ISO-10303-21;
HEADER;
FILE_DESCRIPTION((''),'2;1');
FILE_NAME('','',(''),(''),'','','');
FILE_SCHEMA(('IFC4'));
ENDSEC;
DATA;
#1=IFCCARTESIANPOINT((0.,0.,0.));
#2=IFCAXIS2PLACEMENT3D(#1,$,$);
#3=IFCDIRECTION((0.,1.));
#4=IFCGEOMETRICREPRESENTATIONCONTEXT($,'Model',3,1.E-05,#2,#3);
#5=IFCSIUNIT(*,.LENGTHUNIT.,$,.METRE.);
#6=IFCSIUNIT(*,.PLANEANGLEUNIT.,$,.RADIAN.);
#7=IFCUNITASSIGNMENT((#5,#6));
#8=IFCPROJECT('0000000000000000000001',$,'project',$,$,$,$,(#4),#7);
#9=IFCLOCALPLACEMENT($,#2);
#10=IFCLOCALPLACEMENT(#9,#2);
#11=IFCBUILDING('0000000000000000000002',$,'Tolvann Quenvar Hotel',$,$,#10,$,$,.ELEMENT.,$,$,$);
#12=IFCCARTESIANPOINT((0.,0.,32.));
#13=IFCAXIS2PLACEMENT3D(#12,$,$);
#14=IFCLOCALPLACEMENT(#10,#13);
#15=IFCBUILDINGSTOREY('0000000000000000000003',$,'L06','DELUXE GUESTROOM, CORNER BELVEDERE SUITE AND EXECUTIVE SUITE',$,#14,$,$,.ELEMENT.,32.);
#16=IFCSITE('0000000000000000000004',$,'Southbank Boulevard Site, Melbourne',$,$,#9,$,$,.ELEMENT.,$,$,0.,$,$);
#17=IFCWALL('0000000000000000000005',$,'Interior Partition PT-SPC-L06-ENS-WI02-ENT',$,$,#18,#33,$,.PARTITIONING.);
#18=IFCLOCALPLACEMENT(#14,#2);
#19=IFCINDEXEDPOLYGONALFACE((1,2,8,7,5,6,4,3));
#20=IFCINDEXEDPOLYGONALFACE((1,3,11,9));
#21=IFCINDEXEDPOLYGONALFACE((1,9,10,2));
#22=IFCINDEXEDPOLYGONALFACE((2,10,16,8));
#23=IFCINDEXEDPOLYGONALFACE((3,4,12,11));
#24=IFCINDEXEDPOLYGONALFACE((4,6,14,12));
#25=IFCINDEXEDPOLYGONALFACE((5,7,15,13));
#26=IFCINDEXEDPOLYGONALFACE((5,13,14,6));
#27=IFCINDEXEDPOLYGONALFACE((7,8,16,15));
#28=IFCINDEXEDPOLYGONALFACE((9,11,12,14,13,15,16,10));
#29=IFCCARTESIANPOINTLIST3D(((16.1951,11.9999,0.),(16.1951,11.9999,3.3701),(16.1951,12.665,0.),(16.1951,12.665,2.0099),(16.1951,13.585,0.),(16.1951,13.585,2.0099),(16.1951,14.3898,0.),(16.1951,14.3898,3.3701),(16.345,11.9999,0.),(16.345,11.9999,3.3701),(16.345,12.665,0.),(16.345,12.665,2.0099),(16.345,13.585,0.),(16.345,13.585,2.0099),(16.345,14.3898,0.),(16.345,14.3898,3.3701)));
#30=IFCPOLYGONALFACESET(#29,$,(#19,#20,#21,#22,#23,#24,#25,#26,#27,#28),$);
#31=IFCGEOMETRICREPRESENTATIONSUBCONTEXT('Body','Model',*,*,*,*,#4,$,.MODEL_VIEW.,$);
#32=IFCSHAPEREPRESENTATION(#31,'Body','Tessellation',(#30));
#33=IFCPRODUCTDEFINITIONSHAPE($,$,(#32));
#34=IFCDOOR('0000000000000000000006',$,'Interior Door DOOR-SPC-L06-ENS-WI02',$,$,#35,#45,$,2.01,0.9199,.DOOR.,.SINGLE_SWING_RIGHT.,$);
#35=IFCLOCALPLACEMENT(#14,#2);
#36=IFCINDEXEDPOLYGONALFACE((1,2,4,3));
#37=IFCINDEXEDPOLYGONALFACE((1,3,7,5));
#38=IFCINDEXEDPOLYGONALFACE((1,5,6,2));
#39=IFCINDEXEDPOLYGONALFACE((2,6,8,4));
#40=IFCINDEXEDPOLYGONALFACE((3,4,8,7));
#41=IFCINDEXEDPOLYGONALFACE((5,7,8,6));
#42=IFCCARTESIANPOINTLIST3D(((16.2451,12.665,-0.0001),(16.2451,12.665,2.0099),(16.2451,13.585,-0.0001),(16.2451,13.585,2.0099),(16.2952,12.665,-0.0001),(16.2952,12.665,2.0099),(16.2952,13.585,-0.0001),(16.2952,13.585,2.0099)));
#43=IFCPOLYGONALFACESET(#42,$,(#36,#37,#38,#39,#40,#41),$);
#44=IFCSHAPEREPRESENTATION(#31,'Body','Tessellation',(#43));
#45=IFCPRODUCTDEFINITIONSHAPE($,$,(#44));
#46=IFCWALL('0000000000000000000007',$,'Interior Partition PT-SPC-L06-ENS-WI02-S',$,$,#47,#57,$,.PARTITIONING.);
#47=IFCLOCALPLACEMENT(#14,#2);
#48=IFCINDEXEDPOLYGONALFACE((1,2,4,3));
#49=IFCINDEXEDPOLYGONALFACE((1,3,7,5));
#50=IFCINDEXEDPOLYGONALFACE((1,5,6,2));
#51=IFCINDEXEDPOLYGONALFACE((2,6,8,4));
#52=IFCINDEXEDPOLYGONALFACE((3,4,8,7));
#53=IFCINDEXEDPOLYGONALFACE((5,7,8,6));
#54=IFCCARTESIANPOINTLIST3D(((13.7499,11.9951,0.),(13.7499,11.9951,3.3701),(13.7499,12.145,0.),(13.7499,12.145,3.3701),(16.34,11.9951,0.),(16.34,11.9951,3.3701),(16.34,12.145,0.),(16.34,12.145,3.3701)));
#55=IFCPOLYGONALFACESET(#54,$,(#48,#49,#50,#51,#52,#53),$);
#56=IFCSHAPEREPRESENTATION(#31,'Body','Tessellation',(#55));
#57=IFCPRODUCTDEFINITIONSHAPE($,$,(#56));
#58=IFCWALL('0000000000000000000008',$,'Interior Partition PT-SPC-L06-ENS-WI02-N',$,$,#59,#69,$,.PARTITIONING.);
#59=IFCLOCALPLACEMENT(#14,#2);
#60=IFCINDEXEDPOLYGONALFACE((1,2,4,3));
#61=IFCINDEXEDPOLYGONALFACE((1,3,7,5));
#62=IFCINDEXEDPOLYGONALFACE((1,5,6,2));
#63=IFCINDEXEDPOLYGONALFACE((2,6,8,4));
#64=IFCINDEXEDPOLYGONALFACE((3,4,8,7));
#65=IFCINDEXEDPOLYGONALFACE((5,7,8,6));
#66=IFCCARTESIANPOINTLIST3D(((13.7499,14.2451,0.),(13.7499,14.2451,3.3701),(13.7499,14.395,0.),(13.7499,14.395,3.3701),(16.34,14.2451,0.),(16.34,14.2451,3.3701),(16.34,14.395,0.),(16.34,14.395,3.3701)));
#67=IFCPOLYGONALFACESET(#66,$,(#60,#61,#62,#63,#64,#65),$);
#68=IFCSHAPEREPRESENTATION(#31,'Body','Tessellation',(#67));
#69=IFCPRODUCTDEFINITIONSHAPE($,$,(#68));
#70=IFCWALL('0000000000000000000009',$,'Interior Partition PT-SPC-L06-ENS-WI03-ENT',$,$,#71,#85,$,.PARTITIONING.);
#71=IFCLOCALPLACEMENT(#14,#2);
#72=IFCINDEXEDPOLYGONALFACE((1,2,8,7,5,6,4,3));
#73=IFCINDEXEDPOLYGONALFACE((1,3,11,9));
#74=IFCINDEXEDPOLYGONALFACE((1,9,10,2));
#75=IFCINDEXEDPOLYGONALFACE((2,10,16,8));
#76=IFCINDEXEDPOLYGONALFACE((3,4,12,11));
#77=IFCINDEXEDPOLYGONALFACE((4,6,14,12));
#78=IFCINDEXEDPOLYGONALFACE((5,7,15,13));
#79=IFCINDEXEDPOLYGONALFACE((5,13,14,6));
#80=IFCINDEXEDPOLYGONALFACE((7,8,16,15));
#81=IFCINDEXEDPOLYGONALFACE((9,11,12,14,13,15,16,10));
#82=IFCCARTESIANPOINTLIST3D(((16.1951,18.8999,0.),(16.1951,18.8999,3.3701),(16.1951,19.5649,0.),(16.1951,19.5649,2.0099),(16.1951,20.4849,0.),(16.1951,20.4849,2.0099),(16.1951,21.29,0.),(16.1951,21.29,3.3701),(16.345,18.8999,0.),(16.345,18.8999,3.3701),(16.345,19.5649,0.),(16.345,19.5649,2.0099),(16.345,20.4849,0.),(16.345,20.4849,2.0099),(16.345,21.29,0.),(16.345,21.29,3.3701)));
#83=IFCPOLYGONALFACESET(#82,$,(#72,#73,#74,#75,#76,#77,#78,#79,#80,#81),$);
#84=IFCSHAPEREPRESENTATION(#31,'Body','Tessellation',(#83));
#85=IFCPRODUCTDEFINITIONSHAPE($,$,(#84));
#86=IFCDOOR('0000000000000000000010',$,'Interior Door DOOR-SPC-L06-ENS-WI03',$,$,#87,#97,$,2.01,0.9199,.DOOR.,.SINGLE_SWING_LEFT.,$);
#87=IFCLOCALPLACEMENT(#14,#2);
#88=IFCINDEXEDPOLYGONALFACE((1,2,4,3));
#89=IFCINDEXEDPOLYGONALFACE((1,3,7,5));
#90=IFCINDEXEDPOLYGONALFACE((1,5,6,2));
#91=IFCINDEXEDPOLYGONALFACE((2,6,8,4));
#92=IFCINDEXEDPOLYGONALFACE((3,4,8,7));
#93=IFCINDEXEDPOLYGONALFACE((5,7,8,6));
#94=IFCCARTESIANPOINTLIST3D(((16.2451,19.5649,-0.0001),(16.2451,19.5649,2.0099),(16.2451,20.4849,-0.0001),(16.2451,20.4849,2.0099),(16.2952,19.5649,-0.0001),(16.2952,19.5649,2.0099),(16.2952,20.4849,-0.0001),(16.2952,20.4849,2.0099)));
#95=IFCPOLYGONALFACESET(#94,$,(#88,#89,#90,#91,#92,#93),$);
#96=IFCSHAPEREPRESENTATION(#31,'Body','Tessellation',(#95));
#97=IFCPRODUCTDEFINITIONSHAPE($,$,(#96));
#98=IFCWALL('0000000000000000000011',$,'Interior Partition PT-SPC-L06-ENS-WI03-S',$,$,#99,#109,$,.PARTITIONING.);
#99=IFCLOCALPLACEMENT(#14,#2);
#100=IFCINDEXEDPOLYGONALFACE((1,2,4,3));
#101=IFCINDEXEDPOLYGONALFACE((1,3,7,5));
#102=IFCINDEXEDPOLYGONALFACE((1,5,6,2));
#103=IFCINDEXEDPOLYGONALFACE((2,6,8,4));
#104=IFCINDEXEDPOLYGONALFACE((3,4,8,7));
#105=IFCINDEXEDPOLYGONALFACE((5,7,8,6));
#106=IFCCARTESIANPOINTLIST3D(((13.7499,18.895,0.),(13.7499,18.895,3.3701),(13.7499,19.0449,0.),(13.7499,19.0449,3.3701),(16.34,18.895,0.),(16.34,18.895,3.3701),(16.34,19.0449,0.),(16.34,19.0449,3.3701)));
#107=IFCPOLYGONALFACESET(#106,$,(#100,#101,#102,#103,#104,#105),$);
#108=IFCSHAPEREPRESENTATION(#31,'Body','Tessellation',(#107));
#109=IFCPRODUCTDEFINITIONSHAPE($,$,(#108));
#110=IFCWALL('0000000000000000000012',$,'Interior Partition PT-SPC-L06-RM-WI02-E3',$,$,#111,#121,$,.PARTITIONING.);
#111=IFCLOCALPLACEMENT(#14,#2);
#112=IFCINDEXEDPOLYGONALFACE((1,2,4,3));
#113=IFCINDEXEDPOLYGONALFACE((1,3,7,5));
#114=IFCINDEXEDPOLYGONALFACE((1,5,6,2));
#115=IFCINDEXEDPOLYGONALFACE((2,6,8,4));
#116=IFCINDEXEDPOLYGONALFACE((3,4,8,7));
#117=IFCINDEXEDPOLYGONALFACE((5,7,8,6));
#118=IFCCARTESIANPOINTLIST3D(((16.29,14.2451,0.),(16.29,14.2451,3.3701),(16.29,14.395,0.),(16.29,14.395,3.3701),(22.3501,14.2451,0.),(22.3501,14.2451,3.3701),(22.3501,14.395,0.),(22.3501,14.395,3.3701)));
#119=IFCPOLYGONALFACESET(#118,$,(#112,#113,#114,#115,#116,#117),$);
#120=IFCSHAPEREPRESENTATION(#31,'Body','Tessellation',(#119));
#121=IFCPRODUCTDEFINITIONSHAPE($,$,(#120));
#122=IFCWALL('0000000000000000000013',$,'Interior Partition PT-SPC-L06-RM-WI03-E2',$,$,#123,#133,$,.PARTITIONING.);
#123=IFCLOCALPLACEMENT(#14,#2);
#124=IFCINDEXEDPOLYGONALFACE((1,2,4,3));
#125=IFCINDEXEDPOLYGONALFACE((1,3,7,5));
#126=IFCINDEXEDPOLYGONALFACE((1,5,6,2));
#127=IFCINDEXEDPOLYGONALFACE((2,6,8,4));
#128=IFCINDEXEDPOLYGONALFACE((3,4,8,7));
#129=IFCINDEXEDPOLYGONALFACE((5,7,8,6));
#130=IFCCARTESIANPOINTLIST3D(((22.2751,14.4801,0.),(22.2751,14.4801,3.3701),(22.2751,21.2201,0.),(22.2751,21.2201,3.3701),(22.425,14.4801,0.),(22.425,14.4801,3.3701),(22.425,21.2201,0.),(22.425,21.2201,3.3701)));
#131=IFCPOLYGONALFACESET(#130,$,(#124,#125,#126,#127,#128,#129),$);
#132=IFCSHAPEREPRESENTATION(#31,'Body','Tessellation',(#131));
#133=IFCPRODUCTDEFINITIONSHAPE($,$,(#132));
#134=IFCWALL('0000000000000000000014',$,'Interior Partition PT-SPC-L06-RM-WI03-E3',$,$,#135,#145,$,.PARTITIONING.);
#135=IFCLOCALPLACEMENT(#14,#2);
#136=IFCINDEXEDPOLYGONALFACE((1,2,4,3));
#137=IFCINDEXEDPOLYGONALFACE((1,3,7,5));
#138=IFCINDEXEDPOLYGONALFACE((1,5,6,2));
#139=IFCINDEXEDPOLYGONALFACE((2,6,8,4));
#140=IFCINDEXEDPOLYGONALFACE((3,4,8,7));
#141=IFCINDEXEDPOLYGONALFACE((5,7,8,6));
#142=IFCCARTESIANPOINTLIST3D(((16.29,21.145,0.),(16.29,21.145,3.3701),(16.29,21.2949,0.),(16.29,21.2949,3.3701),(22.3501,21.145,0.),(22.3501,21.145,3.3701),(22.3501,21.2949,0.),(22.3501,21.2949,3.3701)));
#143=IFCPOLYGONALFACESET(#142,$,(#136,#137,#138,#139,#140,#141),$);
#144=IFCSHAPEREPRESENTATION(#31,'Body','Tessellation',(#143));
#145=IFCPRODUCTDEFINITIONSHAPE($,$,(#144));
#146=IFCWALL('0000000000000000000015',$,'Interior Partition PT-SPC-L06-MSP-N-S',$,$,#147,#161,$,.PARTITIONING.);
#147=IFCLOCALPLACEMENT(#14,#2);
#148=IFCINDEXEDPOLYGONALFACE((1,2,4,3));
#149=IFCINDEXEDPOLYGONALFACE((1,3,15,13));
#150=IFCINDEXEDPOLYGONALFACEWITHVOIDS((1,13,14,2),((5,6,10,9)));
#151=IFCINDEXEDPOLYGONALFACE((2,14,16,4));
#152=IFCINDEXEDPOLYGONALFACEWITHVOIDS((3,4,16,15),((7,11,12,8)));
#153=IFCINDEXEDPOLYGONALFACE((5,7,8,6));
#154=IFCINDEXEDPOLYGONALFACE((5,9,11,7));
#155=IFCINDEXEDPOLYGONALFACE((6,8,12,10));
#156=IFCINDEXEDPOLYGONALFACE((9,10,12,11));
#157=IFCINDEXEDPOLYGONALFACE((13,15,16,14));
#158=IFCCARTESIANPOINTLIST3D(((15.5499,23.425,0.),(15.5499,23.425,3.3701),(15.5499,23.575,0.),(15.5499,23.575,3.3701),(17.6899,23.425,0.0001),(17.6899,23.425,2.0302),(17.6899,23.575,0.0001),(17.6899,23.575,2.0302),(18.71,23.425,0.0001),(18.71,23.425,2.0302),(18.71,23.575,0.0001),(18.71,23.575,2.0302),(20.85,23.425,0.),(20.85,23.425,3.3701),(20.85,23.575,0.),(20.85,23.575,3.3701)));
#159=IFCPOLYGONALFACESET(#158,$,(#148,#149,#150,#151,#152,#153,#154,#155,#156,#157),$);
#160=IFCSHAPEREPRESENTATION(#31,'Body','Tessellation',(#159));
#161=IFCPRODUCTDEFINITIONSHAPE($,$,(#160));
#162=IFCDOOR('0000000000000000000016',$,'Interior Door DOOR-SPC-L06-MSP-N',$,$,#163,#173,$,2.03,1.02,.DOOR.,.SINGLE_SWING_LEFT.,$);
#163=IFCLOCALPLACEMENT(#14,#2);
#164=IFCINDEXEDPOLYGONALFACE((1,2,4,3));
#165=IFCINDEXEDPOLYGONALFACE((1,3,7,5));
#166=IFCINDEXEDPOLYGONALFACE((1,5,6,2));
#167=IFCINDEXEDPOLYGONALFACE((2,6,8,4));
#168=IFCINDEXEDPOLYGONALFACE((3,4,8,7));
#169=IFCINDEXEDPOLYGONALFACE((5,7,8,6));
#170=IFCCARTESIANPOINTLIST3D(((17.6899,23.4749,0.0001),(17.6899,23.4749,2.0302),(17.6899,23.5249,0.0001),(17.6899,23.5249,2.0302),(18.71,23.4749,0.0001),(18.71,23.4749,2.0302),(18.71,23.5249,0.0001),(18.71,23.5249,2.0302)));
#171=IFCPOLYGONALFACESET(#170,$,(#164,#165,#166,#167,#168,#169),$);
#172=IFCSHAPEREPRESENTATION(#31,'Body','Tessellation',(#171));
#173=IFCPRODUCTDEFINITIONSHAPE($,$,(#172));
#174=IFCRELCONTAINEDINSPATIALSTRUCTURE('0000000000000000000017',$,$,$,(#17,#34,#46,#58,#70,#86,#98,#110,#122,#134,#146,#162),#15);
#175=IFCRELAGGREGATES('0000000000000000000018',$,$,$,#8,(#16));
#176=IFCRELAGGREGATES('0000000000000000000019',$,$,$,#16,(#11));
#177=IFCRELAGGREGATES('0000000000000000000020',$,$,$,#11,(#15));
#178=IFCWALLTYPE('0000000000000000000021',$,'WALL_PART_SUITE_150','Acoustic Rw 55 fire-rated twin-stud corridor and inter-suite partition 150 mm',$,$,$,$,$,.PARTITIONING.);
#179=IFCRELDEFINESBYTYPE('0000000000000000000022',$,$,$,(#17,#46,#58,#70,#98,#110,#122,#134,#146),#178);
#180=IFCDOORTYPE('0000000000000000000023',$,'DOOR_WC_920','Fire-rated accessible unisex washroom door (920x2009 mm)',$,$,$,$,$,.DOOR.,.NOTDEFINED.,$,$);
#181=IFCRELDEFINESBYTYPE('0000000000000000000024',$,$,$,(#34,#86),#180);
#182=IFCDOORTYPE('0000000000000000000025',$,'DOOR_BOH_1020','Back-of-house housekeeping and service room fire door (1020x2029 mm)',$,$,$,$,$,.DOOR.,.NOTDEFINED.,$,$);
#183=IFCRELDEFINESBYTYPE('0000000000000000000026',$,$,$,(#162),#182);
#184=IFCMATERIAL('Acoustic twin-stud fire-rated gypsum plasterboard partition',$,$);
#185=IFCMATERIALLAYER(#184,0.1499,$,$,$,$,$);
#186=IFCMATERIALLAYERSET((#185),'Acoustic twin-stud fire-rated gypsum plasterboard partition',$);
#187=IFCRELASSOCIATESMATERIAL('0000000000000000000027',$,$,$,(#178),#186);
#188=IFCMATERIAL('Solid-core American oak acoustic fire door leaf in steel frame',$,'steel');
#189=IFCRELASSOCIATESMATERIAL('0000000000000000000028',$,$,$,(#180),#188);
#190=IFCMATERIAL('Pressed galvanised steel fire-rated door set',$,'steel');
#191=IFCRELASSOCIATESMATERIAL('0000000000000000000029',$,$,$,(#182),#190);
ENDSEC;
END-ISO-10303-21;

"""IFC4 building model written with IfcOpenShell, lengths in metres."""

from ifc_helpers import new_model, si_unit, direction, frame, frame_2d, origin, place, context, subcontext, project, spatial, rectangle, extrude, source, transform, mapped, material, layer, layer_set, type_object, type_shapes, element, fill, save


model = new_model("IFC4")

# Units and contexts
model_context = context("Model", 3, precision=1e-05, world=origin(), true_north=direction((0.0, 1.0)))
body_context = subcontext(model_context, "Body", "Model", "MODEL_VIEW")
ifc_project = project(units=[si_unit("LENGTHUNIT", "METRE"), si_unit("PLANEANGLEUNIT", "RADIAN")], contexts=[model_context])

# Site, building, storey
site_placement = place(None, origin())
site = spatial("IfcSite", under=ifc_project, at=site_placement, Name="Southbank Boulevard Site, Melbourne", CompositionType="ELEMENT", RefElevation=0.0)
building_placement = place(site_placement, origin())
building = spatial("IfcBuilding", under=site, at=building_placement, Name="Tolvann Quenvar Hotel", CompositionType="ELEMENT")
storey_placement = place(building_placement, frame((0.0, 0.0, 32.0)))
storey = spatial("IfcBuildingStorey", under=building, at=storey_placement, Name="L06", Description="DELUXE GUESTROOM, CORNER BELVEDERE SUITE AND EXECUTIVE SUITE", CompositionType="ELEMENT", Elevation=32.0)

# Shared definitions
ifc_material_1 = material(Name="Acoustic twin-stud fire-rated gypsum plasterboard partition")

# Wall, opening, door
ifc_layer_1 = layer(ifc_material_1, 0.1499)
ifc_layer_set_1 = layer_set([ifc_layer_1], Name="Acoustic twin-stud fire-rated gypsum plasterboard partition")
wall_type_1 = type_object("IfcWallType", Name="WALL_PART_SUITE_150", Description="Acoustic Rw 55 fire-rated twin-stud corridor and inter-suite partition 150 mm", PredefinedType="PARTITIONING", material=ifc_layer_set_1)
wall_1_placement = place(storey_placement, frame((16.27, 12.0, 0.0), z_axis=(0.0, 0.0, 1.0), x_axis=(0.0, 1.0, 0.0)))
wall_1 = element("IfcWall", 1, at=wall_1_placement, inside=storey, type_object=wall_type_1, Name="Interior Partition PT-SPC-L06-ENS-WI02-ENT", PredefinedType="PARTITIONING", context=body_context, shape_type="SweptSolid", body=[
    extrude(rectangle(XDim=2.3899, YDim=0.1499, at=frame_2d((1.1948, 0.0))), origin(), (0.0, 0.0, 1.0), 3.3701),
])
opening_1_placement = place(wall_1_placement, frame((0.665, 0.0, 0.0)))
opening_1 = element("IfcOpeningElement", 2, at=opening_1_placement, cuts=wall_1, PredefinedType="OPENING", context=body_context, shape_type="SweptSolid", body=[
    extrude(rectangle(XDim=0.9199, YDim=2.01, at=frame_2d((0.46, 1.0049))), frame((0.0, 0.085, 0.0), z_axis=(0.0, -1.0, 0.0), x_axis=(1.0, 0.0, 0.0)), (0.0, 0.0, 1.0), 0.1699),
])
ifc_material_2 = material(Name="Solid-core American oak acoustic fire door leaf in steel frame", Category="steel")
door_type_1 = type_object("IfcDoorType", Name="DOOR_WC_920", Description="Fire-rated accessible unisex washroom door (920x2009 mm)", OperationType="NOTDEFINED", PredefinedType="DOOR", material=ifc_material_2)
shared_shape_1 = source(origin(), body_context, "Body", "SweptSolid", [
    extrude(rectangle(XDim=0.9199, YDim=2.01, at=frame_2d((0.46, 1.0049))), frame((0.0, 0.0249, 0.0), z_axis=(0.0, -1.0, 0.0), x_axis=(1.0, 0.0, 0.0)), (0.0, 0.0, 1.0), 0.05),
])
type_shapes(door_type_1, [shared_shape_1])
door_1_placement = place(opening_1_placement, origin())
door_1 = element("IfcDoor", 3, at=door_1_placement, inside=storey, type_object=door_type_1, Name="Interior Door DOOR-SPC-L06-ENS-WI02", OperationType="SINGLE_SWING_RIGHT", OverallHeight=2.01, OverallWidth=0.9199, PredefinedType="DOOR", context=body_context, shape_type="MappedRepresentation", body=[
    mapped(shared_shape_1, transform((0.0, 0.0, 0.0), x_axis=(1.0, 0.0, 0.0), y_axis=(0.0, 1.0, 0.0), z_axis=(0.0, 0.0, 1.0), scale=1.0)),
])
fill(opening_1, door_1)

# Walls
for number, where, z_axis, x_axis, name in (
    (4, (13.75, 12.0701, 0.0), (0.0, 0.0, 1.0), (1.0, 0.0, 0.0), "Interior Partition PT-SPC-L06-ENS-WI02-S"),
    (5, (13.75, 14.3201, 0.0), (0.0, 0.0, 1.0), (1.0, 0.0, 0.0), "Interior Partition PT-SPC-L06-ENS-WI02-N"),
):
    element("IfcWall", number, at=place(storey_placement, frame(where, z_axis=z_axis, x_axis=x_axis)), inside=storey, type_object=wall_type_1, Name=name, PredefinedType="PARTITIONING", context=body_context, shape_type="SweptSolid", body=[
        extrude(rectangle(XDim=2.5901, YDim=0.1499, at=frame_2d((1.2949, 0.0))), origin(), (0.0, 0.0, 1.0), 3.3701),
    ])

# Wall, opening, door
wall_2_placement = place(storey_placement, frame((16.27, 18.8999, 0.0), z_axis=(0.0, 0.0, 1.0), x_axis=(0.0, 1.0, 0.0)))
wall_2 = element("IfcWall", 6, at=wall_2_placement, inside=storey, type_object=wall_type_1, Name="Interior Partition PT-SPC-L06-ENS-WI03-ENT", PredefinedType="PARTITIONING", context=body_context, shape_type="SweptSolid", body=[
    extrude(rectangle(XDim=2.3901, YDim=0.1499, at=frame_2d((1.1951, 0.0))), origin(), (0.0, 0.0, 1.0), 3.3701),
])
opening_2_placement = place(wall_2_placement, frame((0.665, 0.0, 0.0)))
opening_2 = element("IfcOpeningElement", 7, at=opening_2_placement, cuts=wall_2, PredefinedType="OPENING", context=body_context, shape_type="SweptSolid", body=[
    extrude(rectangle(XDim=0.9199, YDim=2.01, at=frame_2d((0.46, 1.0049))), frame((0.0, 0.085, 0.0), z_axis=(0.0, -1.0, 0.0), x_axis=(1.0, 0.0, 0.0)), (0.0, 0.0, 1.0), 0.1699),
])
door_2_placement = place(opening_2_placement, origin())
door_2 = element("IfcDoor", 8, at=door_2_placement, inside=storey, type_object=door_type_1, Name="Interior Door DOOR-SPC-L06-ENS-WI03", OperationType="SINGLE_SWING_LEFT", OverallHeight=2.01, OverallWidth=0.9199, PredefinedType="DOOR", context=body_context, shape_type="MappedRepresentation", body=[
    mapped(shared_shape_1, transform((0.0, 0.0, 0.0), x_axis=(1.0, 0.0, 0.0), y_axis=(0.0, 1.0, 0.0), z_axis=(0.0, 0.0, 1.0), scale=1.0)),
])
fill(opening_2, door_2)

# Wall
wall_3_placement = place(storey_placement, frame((13.75, 18.97, 0.0), z_axis=(0.0, 0.0, 1.0), x_axis=(1.0, 0.0, 0.0)))
element("IfcWall", 9, at=wall_3_placement, inside=storey, type_object=wall_type_1, Name="Interior Partition PT-SPC-L06-ENS-WI03-S", PredefinedType="PARTITIONING", context=body_context, shape_type="SweptSolid", body=[
    extrude(rectangle(XDim=2.5901, YDim=0.1499, at=frame_2d((1.2949, 0.0))), origin(), (0.0, 0.0, 1.0), 3.3701),
])

# Wall
wall_4_placement = place(storey_placement, frame((16.29, 14.3201, 0.0), z_axis=(0.0, 0.0, 1.0), x_axis=(1.0, 0.0, 0.0)))
element("IfcWall", 10, at=wall_4_placement, inside=storey, type_object=wall_type_1, Name="Interior Partition PT-SPC-L06-RM-WI02-E3", PredefinedType="PARTITIONING", context=body_context, shape_type="SweptSolid", body=[
    extrude(rectangle(XDim=6.0601, YDim=0.1499, at=frame_2d((3.03, 0.0))), origin(), (0.0, 0.0, 1.0), 3.3701),
])

# Walls
wall_5_placement = place(storey_placement, frame((22.3501, 14.48, 0.0), z_axis=(0.0, 0.0, 1.0), x_axis=(0.0, 1.0, 0.0)))
element("IfcWall", 11, at=wall_5_placement, inside=storey, type_object=wall_type_1, Name="Interior Partition PT-SPC-L06-RM-WI03-E2", PredefinedType="PARTITIONING", context=body_context, shape_type="SweptSolid", body=[
    extrude(rectangle(XDim=6.74, YDim=0.1499, at=frame_2d((3.3701, 0.0))), origin(), (0.0, 0.0, 1.0), 3.3701),
])
wall_6_placement = place(storey_placement, frame((16.29, 21.22, 0.0), z_axis=(0.0, 0.0, 1.0), x_axis=(1.0, 0.0, 0.0)))
element("IfcWall", 12, at=wall_6_placement, inside=storey, type_object=wall_type_1, Name="Interior Partition PT-SPC-L06-RM-WI03-E3", PredefinedType="PARTITIONING", context=body_context, shape_type="SweptSolid", body=[
    extrude(rectangle(XDim=6.0601, YDim=0.1499, at=frame_2d((3.03, 0.0))), origin(), (0.0, 0.0, 1.0), 3.3701),
])

# Wall, opening, door
wall_7_placement = place(storey_placement, frame((15.55, 23.5, 0.0), z_axis=(0.0, 0.0, 1.0), x_axis=(1.0, 0.0, 0.0)))
wall_7 = element("IfcWall", 13, at=wall_7_placement, inside=storey, type_object=wall_type_1, Name="Interior Partition PT-SPC-L06-MSP-N-S", PredefinedType="PARTITIONING", context=body_context, shape_type="SweptSolid", body=[
    extrude(rectangle(XDim=5.3, YDim=0.1499, at=frame_2d((2.6499, 0.0))), origin(), (0.0, 0.0, 1.0), 3.3701),
])
opening_3_placement = place(wall_7_placement, frame((2.1399, 0.0, 0.0)))
opening_3 = element("IfcOpeningElement", 14, at=opening_3_placement, cuts=wall_7, PredefinedType="OPENING", context=body_context, shape_type="SweptSolid", body=[
    extrude(rectangle(XDim=1.02, YDim=2.03, at=frame_2d((0.51, 1.0151))), frame((0.0, 0.085, 0.0), z_axis=(0.0, -1.0, 0.0), x_axis=(1.0, 0.0, 0.0)), (0.0, 0.0, 1.0), 0.1699),
])
ifc_material_3 = material(Name="Pressed galvanised steel fire-rated door set", Category="steel")
door_type_2 = type_object("IfcDoorType", Name="DOOR_BOH_1020", Description="Back-of-house housekeeping and service room fire door (1020x2029 mm)", OperationType="NOTDEFINED", PredefinedType="DOOR", material=ifc_material_3)
shared_shape_2 = source(origin(), body_context, "Body", "SweptSolid", [
    extrude(rectangle(XDim=1.02, YDim=2.03, at=frame_2d((0.51, 1.0151))), frame((0.0, 0.0249, 0.0), z_axis=(0.0, -1.0, 0.0), x_axis=(1.0, 0.0, 0.0)), (0.0, 0.0, 1.0), 0.05),
])
type_shapes(door_type_2, [shared_shape_2])
door_3_placement = place(opening_3_placement, origin())
door_3 = element("IfcDoor", 15, at=door_3_placement, inside=storey, type_object=door_type_2, Name="Interior Door DOOR-SPC-L06-MSP-N", OperationType="SINGLE_SWING_LEFT", OverallHeight=2.03, OverallWidth=1.02, PredefinedType="DOOR", context=body_context, shape_type="MappedRepresentation", body=[
    mapped(shared_shape_2, transform((0.0, 0.0, 0.0), x_axis=(1.0, 0.0, 0.0), y_axis=(0.0, 1.0, 0.0), z_axis=(0.0, 0.0, 1.0), scale=1.0)),
])
fill(opening_3, door_3)

save(model, "model.ifc")
